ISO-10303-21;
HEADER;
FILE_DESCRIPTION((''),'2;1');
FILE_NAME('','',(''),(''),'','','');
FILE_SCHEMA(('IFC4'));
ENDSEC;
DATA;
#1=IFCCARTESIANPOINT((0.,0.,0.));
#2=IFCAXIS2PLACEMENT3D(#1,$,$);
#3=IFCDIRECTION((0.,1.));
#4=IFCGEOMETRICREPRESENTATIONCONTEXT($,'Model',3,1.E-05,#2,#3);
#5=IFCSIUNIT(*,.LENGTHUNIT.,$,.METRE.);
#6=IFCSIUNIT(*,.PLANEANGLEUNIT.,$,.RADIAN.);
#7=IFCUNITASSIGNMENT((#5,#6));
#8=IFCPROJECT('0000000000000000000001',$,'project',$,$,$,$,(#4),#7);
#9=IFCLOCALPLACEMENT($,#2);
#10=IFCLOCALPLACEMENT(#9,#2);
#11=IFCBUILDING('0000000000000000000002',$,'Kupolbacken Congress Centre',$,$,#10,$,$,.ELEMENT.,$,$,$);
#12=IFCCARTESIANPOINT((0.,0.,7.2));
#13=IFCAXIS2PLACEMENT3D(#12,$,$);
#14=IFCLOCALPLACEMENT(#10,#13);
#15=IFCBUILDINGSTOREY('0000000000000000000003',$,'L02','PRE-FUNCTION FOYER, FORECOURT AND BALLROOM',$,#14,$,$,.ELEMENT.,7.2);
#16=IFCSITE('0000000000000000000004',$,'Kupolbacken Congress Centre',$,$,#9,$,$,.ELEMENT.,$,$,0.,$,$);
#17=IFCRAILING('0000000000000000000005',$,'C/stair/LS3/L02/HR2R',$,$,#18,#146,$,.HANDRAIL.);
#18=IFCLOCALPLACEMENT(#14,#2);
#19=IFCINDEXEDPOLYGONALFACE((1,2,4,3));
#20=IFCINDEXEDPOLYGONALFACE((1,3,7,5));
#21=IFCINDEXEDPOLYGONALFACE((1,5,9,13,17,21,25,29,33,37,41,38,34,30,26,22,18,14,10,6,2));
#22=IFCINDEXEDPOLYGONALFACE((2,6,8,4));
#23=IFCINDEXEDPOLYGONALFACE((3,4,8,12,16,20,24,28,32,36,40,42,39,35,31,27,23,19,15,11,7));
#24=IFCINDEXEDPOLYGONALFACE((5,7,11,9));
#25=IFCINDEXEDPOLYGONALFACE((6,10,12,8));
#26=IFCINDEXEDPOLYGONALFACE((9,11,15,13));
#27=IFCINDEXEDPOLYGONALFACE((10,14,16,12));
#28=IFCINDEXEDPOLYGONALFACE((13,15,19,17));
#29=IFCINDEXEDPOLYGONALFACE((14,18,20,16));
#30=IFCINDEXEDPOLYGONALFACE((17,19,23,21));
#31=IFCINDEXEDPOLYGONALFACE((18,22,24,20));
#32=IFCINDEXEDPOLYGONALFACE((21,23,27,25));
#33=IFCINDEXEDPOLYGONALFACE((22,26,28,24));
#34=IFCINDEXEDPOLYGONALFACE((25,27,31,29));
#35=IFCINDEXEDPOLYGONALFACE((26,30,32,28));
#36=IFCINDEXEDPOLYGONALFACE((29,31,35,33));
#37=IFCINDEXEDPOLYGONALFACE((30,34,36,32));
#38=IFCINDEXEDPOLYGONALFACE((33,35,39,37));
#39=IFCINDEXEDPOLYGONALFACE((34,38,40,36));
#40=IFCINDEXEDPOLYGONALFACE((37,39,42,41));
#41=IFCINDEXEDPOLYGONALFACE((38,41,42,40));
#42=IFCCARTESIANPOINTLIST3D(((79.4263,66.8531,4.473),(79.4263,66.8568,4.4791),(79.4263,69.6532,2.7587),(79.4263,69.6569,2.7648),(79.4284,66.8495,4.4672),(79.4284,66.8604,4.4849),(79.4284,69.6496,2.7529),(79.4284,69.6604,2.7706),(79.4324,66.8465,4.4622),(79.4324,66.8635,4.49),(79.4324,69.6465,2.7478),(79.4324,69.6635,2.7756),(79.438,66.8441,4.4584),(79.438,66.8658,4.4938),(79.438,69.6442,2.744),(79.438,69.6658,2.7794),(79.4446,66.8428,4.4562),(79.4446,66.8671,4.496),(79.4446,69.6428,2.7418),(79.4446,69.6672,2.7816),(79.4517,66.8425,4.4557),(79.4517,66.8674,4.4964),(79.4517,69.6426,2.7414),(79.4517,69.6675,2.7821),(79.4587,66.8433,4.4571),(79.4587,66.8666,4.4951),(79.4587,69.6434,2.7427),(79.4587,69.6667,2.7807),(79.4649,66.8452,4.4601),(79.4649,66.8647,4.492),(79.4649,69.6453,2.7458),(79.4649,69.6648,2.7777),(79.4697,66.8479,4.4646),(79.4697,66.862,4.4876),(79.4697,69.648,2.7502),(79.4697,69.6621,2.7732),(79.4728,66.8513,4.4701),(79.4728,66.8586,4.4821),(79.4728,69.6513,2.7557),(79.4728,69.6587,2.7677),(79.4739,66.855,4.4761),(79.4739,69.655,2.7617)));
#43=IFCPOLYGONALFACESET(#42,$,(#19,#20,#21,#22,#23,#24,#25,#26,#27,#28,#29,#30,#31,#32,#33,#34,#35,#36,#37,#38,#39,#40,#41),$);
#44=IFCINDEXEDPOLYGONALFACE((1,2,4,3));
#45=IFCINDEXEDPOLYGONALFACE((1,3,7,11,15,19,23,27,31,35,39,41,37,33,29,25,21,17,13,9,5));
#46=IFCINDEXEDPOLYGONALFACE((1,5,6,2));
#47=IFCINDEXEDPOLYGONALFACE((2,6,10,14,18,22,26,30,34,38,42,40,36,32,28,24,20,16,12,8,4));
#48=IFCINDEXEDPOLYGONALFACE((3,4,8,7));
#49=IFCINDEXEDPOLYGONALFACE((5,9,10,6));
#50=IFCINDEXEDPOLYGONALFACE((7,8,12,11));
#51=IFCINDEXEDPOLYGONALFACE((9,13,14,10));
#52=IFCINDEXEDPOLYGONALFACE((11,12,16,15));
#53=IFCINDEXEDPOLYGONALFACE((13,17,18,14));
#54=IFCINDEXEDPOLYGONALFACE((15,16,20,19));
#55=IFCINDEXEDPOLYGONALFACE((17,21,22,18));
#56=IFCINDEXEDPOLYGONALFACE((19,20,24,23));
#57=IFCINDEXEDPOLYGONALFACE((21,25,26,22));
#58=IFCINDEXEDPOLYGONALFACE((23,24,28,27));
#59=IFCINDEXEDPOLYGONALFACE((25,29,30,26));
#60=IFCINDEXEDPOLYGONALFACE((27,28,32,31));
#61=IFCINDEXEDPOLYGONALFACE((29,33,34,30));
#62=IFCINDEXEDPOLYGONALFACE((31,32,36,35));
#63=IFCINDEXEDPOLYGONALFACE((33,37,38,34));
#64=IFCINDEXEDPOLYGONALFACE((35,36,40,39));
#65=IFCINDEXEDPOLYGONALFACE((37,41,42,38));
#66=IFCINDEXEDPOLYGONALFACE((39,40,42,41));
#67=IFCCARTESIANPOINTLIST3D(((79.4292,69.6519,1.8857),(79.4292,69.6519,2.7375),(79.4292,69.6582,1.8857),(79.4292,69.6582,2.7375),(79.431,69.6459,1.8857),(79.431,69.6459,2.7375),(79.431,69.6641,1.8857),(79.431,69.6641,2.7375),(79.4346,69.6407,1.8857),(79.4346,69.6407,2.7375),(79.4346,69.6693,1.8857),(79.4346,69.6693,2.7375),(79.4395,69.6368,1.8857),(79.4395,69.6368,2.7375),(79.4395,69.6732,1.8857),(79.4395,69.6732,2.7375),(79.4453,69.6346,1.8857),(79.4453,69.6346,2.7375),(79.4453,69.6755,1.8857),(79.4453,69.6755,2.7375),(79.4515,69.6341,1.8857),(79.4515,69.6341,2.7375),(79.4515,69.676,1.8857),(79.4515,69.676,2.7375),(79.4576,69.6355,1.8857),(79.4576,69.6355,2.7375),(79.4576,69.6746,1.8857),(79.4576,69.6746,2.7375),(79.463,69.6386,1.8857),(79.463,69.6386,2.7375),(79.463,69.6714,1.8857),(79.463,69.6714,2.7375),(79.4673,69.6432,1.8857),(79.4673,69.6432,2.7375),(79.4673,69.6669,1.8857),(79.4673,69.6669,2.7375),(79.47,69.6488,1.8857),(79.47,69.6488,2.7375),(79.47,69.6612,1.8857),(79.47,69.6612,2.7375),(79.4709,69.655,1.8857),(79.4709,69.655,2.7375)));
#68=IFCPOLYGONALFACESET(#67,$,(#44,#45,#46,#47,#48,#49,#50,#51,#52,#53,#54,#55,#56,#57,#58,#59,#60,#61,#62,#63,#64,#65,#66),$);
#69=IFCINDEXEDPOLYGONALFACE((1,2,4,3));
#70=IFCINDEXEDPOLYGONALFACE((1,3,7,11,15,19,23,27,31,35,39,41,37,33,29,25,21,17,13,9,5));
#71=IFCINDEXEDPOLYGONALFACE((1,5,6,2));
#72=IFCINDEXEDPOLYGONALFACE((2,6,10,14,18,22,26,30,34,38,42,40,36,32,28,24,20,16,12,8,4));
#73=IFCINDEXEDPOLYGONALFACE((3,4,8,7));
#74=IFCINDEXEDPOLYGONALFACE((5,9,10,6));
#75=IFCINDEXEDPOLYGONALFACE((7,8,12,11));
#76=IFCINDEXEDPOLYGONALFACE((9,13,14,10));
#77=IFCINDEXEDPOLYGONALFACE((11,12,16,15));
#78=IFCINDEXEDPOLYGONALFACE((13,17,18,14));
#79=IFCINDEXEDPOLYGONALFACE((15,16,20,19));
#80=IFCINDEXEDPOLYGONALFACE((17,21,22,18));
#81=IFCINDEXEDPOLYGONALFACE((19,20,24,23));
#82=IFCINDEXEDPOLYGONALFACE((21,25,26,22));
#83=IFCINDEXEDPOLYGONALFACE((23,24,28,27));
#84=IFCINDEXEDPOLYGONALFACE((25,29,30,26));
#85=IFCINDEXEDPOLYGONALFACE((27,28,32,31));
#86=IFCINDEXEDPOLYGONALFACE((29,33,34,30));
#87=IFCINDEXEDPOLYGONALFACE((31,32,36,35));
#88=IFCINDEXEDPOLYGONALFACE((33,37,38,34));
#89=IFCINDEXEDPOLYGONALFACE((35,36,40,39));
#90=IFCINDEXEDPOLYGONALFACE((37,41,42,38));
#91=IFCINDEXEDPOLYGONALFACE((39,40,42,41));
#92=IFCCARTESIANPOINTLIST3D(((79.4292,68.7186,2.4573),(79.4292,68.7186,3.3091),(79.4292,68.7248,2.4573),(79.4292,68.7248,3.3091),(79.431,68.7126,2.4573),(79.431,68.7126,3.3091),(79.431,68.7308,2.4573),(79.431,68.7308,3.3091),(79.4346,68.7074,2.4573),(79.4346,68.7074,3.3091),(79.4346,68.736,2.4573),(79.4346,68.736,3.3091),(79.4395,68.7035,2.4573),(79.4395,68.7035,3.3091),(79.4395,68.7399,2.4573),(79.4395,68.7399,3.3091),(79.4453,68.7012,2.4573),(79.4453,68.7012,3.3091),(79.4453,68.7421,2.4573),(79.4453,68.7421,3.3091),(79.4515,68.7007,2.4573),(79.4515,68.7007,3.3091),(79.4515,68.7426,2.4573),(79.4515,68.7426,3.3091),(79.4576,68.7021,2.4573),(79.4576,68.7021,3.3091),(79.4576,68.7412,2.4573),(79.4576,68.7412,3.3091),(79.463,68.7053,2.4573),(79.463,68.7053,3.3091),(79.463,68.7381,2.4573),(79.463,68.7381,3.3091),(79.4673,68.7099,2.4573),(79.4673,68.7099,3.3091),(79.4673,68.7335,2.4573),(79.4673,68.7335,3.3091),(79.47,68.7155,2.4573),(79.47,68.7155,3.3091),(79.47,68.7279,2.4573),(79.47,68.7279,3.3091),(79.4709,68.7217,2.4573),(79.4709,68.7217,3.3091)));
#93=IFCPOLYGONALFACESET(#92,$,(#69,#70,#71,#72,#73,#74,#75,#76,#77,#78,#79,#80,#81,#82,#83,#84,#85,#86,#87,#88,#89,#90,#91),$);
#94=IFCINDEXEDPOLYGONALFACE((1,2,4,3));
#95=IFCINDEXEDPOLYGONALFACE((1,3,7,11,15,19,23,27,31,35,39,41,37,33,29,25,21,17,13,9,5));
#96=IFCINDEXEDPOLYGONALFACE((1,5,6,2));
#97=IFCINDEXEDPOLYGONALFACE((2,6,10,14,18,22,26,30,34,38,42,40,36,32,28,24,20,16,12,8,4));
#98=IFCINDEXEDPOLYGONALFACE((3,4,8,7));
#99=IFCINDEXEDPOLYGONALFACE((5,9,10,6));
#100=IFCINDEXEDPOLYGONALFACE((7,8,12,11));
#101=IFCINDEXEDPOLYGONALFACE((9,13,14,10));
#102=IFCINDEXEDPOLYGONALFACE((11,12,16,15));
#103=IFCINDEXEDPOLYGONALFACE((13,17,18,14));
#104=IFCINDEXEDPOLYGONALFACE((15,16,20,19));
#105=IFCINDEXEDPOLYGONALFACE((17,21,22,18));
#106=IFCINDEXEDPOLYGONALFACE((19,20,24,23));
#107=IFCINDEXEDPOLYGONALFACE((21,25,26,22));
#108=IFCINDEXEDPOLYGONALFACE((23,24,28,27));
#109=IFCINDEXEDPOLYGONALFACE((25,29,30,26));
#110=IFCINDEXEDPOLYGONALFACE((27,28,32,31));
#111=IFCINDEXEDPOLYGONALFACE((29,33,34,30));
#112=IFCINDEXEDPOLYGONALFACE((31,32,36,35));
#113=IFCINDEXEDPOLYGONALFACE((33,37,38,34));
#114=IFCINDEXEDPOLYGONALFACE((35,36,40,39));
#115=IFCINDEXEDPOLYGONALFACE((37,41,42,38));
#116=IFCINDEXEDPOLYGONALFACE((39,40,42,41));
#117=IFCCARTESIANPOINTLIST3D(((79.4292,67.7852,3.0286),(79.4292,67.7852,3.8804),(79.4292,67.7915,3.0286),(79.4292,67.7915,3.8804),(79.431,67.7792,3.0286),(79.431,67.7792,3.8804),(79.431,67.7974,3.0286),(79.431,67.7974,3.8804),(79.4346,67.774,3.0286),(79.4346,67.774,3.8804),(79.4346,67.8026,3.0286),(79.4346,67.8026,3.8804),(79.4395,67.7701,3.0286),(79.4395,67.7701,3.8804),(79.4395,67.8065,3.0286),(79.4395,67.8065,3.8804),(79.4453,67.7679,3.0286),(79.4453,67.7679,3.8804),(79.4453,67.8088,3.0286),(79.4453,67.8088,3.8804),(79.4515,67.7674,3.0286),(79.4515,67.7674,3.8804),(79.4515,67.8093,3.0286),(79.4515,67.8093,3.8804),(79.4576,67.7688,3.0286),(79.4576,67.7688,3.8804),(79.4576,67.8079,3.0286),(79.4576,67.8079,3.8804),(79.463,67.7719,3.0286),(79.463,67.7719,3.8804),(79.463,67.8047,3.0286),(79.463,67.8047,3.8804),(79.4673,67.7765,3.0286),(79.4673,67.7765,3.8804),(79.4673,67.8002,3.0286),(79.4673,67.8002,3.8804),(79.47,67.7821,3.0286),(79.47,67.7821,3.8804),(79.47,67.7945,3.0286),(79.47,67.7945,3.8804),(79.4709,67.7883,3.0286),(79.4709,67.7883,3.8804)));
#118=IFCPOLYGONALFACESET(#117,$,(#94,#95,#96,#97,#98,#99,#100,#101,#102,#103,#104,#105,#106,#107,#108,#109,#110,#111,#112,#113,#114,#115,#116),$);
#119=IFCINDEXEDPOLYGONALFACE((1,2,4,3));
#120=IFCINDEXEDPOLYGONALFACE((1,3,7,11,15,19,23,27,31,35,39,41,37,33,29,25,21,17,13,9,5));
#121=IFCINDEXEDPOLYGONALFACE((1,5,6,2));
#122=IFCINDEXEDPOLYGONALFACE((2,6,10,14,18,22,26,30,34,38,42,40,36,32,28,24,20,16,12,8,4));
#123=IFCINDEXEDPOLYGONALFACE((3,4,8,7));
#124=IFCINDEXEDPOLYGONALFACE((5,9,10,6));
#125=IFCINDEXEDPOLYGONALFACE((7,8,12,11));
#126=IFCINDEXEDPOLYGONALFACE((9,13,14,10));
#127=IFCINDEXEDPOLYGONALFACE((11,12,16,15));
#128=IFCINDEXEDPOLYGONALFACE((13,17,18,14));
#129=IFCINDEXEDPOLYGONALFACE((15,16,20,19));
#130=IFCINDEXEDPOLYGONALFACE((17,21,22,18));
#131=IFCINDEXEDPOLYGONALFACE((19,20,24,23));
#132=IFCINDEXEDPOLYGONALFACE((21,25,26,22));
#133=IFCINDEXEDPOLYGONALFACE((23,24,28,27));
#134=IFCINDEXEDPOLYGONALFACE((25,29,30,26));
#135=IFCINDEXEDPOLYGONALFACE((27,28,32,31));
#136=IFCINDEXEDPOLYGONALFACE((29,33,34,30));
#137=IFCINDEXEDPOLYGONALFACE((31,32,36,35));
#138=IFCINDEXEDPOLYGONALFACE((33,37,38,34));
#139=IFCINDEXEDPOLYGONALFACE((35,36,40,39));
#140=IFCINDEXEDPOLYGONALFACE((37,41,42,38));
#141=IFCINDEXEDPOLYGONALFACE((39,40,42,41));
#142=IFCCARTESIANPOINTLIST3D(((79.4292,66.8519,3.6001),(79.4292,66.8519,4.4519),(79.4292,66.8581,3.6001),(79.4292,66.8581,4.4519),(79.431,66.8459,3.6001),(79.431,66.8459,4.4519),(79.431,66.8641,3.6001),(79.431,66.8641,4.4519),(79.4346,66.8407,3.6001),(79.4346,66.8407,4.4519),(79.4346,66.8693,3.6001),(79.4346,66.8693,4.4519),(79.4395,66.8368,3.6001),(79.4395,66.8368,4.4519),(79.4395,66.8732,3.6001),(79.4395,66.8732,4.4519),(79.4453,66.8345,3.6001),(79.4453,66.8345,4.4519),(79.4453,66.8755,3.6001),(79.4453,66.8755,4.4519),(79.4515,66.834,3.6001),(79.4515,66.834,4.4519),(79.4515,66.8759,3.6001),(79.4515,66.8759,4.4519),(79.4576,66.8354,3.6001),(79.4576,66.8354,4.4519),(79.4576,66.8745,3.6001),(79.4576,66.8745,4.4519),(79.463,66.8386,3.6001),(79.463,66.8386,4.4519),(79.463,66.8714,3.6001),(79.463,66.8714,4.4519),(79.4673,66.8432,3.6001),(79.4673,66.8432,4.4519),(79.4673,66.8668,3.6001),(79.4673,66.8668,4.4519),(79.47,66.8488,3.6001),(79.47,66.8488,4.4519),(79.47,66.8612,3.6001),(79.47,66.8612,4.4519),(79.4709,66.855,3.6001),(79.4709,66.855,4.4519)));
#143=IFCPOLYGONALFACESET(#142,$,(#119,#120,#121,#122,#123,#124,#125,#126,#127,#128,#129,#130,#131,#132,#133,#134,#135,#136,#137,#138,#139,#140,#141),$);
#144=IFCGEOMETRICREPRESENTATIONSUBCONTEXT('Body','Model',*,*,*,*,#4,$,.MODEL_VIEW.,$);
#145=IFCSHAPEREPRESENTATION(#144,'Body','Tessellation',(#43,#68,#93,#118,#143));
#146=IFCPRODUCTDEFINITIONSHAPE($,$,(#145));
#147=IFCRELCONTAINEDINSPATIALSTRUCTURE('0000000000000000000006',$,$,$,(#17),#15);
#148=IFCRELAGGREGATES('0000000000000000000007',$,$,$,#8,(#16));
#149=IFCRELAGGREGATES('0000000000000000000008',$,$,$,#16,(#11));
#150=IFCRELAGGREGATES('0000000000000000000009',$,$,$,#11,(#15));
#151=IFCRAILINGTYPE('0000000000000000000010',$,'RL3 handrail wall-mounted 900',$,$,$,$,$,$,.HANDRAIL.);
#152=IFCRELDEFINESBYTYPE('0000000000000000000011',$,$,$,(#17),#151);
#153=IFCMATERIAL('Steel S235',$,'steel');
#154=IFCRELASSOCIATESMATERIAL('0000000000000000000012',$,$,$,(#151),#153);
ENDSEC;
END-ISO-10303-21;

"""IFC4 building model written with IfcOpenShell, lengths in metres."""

from ifc_helpers import new_model, si_unit, direction, frame, origin, origin_2d, place, context, subcontext, project, spatial, circle, extrude, material, type_object, element, save


model = new_model("IFC4")

# Units and contexts
model_context = context("Model", 3, precision=1e-05, world=origin(), true_north=direction((0.0, 1.0)))
body_context = subcontext(model_context, "Body", "Model", "MODEL_VIEW")
ifc_project = project(units=[si_unit("LENGTHUNIT", "METRE"), si_unit("PLANEANGLEUNIT", "RADIAN")], contexts=[model_context])

# Site, building, storey
site_placement = place(None, origin())
site = spatial("IfcSite", under=ifc_project, at=site_placement, Name="Kupolbacken Congress Centre", CompositionType="ELEMENT", RefElevation=0.0)
building_placement = place(site_placement, origin())
building = spatial("IfcBuilding", under=site, at=building_placement, Name="Kupolbacken Congress Centre", CompositionType="ELEMENT")
storey_placement = place(building_placement, frame((0.0, 0.0, 7.2)))
storey = spatial("IfcBuildingStorey", under=building, at=storey_placement, Name="L02", Description="PRE-FUNCTION FOYER, FORECOURT AND BALLROOM", CompositionType="ELEMENT", Elevation=7.2)

# Railing
ifc_material_1 = material(Name="Steel S235", Category="steel")
railing_type = type_object("IfcRailingType", Name="RL3 handrail wall-mounted 900", PredefinedType="HANDRAIL", material=ifc_material_1)
for number, where, name in (
    (1, (79.45, 69.655, 1.8857), "C/stair/LS3/L02/HR2R"),
):
    element("IfcRailing", number, at=place(storey_placement, frame(where)), inside=storey, type_object=railing_type, Name=name, PredefinedType="HANDRAIL", context=body_context, shape_type="SweptSolid", body=[
        extrude(circle(Radius=0.0239, at=origin_2d()), frame((0.0, 0.0, 0.876), z_axis=(0.0, -0.852846, 0.522163), x_axis=(1.0, 0.0, 0.0)), (0.0, 0.0, 1.0), 3.2832),
        extrude(circle(Radius=0.021, at=origin_2d()), origin(), (0.0, 0.0, 1.0), 0.8518),
        extrude(circle(Radius=0.021, at=origin_2d()), frame((0.0, -0.9333, 0.5715)), (0.0, 0.0, 1.0), 0.8518),
        extrude(circle(Radius=0.021, at=origin_2d()), frame((0.0, -1.8667, 1.1428)), (0.0, 0.0, 1.0), 0.8518),
        extrude(circle(Radius=0.021, at=origin_2d()), frame((0.0, -2.8, 1.7144)), (0.0, 0.0, 1.0), 0.8518),
    ])

save(model, "model.ifc")
